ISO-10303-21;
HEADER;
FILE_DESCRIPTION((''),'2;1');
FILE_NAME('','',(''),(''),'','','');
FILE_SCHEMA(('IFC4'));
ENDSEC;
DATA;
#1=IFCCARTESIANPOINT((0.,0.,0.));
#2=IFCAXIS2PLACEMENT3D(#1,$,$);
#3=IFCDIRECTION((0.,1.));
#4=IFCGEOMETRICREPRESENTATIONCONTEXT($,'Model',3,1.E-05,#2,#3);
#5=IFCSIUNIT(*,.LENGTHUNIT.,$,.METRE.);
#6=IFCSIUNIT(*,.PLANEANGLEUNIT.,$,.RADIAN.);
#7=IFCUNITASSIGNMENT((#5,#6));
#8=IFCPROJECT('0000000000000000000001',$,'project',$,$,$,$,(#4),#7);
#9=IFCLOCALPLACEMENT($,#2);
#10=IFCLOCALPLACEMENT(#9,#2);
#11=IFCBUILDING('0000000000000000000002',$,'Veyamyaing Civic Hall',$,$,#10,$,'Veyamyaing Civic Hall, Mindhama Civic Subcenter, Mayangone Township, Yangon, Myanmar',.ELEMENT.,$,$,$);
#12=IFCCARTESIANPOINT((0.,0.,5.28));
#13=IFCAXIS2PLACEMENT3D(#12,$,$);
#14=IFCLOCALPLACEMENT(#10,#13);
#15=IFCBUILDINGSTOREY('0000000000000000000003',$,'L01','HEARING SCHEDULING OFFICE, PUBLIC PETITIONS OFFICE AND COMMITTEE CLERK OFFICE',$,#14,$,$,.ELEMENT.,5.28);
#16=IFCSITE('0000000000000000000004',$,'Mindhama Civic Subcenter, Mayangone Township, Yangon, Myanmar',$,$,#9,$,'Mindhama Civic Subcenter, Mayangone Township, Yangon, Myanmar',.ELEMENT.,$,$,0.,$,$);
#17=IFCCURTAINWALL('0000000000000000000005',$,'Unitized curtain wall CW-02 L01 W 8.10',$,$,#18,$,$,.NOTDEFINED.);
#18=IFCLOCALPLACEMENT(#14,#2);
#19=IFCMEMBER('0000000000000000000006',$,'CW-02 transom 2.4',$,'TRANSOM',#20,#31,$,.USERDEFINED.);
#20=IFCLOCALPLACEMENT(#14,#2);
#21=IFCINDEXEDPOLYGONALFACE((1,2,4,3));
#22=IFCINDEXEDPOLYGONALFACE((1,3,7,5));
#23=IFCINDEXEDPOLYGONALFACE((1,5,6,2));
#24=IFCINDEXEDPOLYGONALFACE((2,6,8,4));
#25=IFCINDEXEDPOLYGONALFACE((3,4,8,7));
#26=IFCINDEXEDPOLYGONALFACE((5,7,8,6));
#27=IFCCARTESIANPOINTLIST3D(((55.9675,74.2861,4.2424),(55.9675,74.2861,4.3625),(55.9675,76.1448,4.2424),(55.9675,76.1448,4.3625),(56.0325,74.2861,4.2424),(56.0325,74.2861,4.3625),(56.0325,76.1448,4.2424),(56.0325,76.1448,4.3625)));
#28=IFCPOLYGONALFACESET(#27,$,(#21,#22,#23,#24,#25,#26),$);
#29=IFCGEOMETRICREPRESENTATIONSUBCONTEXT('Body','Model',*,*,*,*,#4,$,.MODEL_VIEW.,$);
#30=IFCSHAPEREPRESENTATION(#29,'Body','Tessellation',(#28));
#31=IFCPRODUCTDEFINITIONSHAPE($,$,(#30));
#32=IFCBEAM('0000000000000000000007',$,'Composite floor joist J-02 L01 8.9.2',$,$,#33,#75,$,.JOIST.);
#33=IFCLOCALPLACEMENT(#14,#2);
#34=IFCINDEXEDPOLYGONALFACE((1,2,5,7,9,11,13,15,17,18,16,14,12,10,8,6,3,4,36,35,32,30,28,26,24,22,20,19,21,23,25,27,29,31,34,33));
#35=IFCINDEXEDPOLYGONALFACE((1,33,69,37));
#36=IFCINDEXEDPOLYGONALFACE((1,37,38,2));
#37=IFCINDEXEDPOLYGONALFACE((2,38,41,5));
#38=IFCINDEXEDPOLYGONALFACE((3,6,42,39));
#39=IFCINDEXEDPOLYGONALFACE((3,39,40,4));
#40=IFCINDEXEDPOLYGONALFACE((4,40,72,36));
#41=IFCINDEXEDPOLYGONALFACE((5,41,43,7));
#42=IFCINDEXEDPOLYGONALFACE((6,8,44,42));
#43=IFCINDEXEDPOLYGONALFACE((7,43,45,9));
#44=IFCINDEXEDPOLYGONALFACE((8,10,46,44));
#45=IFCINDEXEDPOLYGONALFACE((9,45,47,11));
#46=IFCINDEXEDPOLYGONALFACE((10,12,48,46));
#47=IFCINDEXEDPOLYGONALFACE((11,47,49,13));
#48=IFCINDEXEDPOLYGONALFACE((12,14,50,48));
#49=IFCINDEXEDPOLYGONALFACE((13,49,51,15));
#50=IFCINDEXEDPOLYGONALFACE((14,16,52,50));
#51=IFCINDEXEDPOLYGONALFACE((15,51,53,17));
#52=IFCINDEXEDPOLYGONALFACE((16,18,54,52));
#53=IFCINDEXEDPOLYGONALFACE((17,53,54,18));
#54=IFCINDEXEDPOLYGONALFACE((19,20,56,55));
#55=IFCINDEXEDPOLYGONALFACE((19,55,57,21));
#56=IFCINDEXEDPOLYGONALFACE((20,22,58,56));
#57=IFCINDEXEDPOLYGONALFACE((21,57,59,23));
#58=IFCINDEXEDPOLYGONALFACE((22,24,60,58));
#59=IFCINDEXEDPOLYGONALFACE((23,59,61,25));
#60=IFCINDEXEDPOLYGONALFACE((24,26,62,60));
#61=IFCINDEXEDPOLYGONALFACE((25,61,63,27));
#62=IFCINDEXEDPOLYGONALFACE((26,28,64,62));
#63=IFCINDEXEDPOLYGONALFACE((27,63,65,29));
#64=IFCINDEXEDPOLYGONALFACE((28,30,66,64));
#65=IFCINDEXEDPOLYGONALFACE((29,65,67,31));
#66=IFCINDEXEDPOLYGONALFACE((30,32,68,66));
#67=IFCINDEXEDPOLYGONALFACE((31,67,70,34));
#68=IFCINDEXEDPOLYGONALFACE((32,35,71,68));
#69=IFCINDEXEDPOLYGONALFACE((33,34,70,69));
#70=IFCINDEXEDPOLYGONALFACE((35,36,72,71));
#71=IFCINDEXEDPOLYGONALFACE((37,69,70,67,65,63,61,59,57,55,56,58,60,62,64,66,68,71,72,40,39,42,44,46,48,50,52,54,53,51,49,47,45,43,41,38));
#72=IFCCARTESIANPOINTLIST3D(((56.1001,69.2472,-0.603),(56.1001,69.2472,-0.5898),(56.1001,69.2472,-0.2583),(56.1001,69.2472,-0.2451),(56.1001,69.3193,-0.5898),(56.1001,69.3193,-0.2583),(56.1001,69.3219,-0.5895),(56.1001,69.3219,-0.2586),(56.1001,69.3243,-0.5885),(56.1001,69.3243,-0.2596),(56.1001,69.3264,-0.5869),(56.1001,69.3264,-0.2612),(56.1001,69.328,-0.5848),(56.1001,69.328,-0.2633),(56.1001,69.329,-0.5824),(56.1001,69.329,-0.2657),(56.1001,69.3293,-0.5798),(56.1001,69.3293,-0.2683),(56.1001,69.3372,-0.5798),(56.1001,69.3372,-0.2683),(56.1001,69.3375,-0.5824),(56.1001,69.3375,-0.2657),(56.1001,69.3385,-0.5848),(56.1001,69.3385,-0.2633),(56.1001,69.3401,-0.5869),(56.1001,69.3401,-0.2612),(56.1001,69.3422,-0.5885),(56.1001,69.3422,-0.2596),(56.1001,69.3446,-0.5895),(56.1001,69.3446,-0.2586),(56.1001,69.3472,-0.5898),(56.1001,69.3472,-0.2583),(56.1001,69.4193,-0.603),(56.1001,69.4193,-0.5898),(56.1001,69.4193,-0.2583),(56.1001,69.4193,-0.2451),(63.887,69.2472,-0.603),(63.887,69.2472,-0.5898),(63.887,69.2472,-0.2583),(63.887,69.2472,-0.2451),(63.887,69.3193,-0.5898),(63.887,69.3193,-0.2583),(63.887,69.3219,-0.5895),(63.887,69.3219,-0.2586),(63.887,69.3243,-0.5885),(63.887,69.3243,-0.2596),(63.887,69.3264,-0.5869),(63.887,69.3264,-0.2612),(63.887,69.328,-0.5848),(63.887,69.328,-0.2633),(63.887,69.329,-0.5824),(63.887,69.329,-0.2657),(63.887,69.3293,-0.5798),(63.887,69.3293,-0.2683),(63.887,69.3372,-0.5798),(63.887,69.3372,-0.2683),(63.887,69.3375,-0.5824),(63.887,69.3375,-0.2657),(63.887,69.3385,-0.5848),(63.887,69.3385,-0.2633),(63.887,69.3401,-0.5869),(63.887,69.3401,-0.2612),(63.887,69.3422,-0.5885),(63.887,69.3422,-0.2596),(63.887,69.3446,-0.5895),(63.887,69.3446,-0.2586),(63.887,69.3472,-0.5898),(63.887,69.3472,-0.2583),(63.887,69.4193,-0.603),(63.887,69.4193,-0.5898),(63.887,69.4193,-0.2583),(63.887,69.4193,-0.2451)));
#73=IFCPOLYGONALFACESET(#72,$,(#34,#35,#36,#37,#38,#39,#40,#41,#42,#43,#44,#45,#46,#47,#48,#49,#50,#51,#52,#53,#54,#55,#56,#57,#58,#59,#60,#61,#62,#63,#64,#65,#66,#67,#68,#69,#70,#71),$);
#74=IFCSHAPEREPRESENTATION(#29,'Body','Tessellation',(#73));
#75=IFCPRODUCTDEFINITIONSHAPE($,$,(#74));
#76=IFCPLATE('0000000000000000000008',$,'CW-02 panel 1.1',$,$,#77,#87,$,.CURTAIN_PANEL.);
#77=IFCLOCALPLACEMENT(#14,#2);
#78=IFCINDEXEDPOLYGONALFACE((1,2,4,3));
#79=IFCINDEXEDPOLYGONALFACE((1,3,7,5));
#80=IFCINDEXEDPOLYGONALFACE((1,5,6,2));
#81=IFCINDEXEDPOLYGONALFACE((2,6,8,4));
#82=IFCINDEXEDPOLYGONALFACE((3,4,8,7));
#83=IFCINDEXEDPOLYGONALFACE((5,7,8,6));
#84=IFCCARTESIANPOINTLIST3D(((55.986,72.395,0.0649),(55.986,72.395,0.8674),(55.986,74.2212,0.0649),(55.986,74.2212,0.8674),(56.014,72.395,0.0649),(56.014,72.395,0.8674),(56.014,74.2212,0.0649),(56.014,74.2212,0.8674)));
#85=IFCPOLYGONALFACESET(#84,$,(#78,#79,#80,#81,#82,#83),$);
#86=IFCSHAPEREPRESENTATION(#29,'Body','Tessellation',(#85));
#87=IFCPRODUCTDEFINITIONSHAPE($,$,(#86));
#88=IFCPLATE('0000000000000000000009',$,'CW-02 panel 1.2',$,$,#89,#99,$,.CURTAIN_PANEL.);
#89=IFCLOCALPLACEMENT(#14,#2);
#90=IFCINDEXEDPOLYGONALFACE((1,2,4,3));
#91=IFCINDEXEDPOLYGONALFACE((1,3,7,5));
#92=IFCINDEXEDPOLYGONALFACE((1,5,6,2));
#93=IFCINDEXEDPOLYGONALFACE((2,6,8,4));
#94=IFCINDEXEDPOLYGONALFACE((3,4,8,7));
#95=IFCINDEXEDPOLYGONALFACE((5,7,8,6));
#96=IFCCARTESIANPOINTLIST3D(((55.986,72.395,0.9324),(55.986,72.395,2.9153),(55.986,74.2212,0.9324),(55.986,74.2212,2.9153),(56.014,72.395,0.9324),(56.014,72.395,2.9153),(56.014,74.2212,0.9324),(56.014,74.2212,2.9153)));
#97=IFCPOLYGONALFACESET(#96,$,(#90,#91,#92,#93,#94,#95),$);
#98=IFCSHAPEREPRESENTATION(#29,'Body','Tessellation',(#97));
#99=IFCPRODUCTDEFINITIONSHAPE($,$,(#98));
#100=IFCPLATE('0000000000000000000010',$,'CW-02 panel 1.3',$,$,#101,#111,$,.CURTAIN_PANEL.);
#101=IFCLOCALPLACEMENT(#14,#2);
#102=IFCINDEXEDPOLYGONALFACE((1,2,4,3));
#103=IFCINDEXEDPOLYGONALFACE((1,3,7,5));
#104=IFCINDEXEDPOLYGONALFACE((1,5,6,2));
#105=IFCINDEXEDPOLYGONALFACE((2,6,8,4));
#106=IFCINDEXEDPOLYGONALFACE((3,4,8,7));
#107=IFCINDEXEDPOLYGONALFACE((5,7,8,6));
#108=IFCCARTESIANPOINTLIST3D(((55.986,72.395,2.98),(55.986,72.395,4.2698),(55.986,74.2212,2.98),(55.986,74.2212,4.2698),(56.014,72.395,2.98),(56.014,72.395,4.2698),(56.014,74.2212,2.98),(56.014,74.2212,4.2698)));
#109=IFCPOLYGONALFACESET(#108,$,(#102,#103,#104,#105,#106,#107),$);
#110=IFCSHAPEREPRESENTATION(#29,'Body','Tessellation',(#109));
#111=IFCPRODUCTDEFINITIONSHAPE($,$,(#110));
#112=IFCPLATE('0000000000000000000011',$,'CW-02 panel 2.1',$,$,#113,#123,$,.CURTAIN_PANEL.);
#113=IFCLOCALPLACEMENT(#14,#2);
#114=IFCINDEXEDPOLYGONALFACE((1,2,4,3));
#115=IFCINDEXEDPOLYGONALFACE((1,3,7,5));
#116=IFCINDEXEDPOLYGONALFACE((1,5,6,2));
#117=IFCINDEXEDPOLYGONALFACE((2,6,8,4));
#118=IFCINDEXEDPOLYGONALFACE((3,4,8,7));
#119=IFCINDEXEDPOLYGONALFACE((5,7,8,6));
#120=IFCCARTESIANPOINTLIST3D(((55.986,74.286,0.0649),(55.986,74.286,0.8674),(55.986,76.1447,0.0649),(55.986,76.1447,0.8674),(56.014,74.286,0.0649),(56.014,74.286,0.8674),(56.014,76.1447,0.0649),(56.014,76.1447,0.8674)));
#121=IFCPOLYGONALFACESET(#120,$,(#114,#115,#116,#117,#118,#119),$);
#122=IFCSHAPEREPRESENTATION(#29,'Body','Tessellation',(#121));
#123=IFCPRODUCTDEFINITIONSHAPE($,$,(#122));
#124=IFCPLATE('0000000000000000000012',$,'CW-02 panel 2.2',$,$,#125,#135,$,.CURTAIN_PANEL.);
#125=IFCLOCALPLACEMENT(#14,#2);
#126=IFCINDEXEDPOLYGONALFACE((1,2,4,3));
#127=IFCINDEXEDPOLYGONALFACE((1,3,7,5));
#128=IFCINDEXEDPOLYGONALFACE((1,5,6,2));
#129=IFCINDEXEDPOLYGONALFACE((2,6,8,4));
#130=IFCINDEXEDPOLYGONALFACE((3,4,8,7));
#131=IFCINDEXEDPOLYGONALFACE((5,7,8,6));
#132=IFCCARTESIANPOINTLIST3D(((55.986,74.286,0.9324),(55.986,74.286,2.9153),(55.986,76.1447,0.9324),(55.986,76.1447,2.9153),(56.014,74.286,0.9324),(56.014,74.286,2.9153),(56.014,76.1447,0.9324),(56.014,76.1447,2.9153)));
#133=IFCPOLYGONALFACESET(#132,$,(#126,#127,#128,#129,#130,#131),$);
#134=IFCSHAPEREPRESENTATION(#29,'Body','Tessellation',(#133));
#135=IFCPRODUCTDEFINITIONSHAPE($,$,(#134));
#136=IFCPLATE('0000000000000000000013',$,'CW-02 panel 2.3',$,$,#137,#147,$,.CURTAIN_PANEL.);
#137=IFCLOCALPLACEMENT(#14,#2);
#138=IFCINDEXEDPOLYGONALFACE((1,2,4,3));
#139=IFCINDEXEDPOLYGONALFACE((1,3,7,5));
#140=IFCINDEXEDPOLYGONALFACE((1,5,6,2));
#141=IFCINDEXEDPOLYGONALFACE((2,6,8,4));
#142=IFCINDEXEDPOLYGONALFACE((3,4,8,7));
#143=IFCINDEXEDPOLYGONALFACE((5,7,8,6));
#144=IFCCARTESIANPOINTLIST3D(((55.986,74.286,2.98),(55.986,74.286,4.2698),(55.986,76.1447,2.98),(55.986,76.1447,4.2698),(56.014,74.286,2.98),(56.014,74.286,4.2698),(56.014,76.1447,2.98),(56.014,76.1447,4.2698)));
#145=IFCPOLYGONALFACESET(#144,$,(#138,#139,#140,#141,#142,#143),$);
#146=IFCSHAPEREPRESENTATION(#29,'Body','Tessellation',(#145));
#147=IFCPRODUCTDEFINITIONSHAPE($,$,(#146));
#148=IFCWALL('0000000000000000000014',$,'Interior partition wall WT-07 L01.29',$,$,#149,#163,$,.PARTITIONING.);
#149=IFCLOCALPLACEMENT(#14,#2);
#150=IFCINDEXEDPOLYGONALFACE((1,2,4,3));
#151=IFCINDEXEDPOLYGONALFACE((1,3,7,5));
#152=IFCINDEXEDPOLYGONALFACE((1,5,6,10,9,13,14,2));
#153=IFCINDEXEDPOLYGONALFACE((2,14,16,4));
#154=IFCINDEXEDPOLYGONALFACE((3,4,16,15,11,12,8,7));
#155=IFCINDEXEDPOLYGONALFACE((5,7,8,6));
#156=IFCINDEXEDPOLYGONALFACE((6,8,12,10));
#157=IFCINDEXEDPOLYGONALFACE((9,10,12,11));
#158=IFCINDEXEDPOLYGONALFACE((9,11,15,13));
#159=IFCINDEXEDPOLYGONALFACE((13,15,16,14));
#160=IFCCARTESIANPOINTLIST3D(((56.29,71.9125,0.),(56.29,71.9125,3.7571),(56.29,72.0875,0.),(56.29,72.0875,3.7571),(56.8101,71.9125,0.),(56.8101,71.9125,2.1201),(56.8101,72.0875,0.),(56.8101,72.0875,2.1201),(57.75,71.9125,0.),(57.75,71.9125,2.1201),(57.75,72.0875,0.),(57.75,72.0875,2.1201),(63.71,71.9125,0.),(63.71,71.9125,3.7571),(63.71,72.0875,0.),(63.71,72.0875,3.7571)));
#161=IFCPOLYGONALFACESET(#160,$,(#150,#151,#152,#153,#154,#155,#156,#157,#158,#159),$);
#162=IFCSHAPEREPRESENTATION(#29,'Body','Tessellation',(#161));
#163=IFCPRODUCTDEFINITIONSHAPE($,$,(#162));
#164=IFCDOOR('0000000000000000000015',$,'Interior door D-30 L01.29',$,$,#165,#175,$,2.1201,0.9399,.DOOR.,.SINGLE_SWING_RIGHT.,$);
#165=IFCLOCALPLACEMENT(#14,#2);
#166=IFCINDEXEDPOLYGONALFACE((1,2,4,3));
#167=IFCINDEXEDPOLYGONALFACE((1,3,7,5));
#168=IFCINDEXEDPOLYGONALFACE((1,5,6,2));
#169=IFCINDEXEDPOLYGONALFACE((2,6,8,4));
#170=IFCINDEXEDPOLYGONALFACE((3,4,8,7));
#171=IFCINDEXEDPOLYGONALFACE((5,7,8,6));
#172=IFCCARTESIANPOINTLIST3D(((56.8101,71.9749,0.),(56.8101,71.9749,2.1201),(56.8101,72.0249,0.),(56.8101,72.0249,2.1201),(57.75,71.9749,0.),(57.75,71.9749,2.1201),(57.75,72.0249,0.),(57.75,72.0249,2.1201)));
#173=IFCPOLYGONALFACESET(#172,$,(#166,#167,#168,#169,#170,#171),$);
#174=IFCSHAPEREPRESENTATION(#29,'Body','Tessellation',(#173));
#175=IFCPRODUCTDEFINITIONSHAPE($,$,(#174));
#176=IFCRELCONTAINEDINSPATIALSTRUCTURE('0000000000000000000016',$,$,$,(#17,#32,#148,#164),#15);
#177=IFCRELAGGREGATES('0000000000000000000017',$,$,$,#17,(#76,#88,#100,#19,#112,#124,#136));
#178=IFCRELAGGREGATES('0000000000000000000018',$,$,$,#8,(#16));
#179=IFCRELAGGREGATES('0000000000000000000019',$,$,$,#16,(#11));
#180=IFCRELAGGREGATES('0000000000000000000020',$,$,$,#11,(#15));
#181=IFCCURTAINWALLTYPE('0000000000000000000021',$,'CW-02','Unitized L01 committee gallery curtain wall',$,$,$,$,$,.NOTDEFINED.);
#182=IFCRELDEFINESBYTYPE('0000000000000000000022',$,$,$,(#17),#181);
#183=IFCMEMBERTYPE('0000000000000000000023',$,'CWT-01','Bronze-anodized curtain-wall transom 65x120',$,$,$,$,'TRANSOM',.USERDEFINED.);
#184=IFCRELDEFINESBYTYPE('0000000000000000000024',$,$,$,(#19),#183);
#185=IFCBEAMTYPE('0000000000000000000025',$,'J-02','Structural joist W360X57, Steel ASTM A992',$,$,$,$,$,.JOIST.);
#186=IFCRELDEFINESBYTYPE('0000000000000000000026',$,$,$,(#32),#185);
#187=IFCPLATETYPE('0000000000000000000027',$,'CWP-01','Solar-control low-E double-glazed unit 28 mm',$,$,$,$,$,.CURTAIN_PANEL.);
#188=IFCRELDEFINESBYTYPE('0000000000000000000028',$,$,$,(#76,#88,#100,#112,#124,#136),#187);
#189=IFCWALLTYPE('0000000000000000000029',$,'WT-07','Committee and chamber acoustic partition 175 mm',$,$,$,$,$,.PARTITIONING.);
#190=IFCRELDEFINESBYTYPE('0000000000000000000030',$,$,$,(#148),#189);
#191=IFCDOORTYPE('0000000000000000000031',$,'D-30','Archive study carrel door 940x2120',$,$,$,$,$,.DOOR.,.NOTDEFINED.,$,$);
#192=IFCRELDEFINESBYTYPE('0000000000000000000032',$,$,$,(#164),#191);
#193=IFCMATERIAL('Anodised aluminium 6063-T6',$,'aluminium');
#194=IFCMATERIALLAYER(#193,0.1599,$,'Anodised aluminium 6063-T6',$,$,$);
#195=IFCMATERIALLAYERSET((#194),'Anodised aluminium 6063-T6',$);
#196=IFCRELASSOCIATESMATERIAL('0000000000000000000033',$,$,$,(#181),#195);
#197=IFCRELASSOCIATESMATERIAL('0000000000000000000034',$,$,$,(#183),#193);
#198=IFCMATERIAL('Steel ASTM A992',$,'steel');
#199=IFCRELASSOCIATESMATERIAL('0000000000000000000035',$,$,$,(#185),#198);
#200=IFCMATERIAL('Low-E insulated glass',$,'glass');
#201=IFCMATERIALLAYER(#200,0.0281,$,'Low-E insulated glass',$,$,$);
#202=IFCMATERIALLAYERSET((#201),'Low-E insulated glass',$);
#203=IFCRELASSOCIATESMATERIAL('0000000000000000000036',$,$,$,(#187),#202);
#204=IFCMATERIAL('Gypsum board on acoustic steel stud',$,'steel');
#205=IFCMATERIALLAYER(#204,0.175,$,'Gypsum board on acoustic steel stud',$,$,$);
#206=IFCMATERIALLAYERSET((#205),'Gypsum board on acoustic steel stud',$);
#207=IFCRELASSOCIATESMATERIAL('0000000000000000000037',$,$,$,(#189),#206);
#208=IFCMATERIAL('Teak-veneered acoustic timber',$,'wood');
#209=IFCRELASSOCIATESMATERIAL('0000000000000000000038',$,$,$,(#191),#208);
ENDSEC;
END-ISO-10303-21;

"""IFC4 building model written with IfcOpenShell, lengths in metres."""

from ifc_helpers import new_model, si_unit, direction, frame, frame_2d, origin, origin_2d, place, context, subcontext, project, spatial, rectangle, i_section, extrude, material, layer, layer_set, material_profile, profile_set, type_object, element, fill, aggregate, save


model = new_model("IFC4")

# Units and contexts
model_context = context("Model", 3, precision=1e-05, world=origin(), true_north=direction((0.0, 1.0)))
body_context = subcontext(model_context, "Body", "Model", "MODEL_VIEW")
ifc_project = project(units=[si_unit("LENGTHUNIT", "METRE"), si_unit("PLANEANGLEUNIT", "RADIAN")], contexts=[model_context])

# Site, building, storey
site_placement = place(None, origin())
site = spatial("IfcSite", under=ifc_project, at=site_placement, Name="Mindhama Civic Subcenter, Mayangone Township, Yangon, Myanmar", LongName="Mindhama Civic Subcenter, Mayangone Township, Yangon, Myanmar", CompositionType="ELEMENT", RefElevation=0.0)
building_placement = place(site_placement, origin())
building = spatial("IfcBuilding", under=site, at=building_placement, Name="Veyamyaing Civic Hall", LongName="Veyamyaing Civic Hall, Mindhama Civic Subcenter, Mayangone Township, Yangon, Myanmar", CompositionType="ELEMENT")
storey_placement = place(building_placement, frame((0.0, 0.0, 5.28)))
storey = spatial("IfcBuildingStorey", under=building, at=storey_placement, Name="L01", Description="HEARING SCHEDULING OFFICE, PUBLIC PETITIONS OFFICE AND COMMITTEE CLERK OFFICE", CompositionType="ELEMENT", Elevation=5.28)

# Shared definitions
ifc_material_1 = material(Name="Steel ASTM A992", Category="steel")

# Curtain wall, member
ifc_material_2 = material(Name="Anodised aluminium 6063-T6", Category="aluminium")
ifc_layer_1 = layer(ifc_material_2, 0.1599, Name="Anodised aluminium 6063-T6")
ifc_layer_set_1 = layer_set([ifc_layer_1], Name="Anodised aluminium 6063-T6")
curtain_wall_type = type_object("IfcCurtainWallType", Name="CW-02", Description="Unitized L01 committee gallery curtain wall", PredefinedType="NOTDEFINED", material=ifc_layer_set_1)
curtain_wall_placement = place(storey_placement, origin())
curtain_wall = element("IfcCurtainWall", 1, at=curtain_wall_placement, inside=storey, type_object=curtain_wall_type, Name="Unitized curtain wall CW-02 L01 W 8.10", PredefinedType="NOTDEFINED")
ifc_material_profile_1 = material_profile(ifc_material_2, rectangle(XDim=0.0649, YDim=0.1201, at=origin_2d()), Name="ALU-TRN-65X120")
ifc_profile_set_1 = profile_set([ifc_material_profile_1], Name="Anodised aluminium 6063-T6")
member_type_1 = type_object("IfcMemberType", Name="CWT-01", Description="Bronze-anodized curtain-wall transom 65x120", ElementType="TRANSOM", PredefinedType="USERDEFINED", material=ifc_profile_set_1)
member_1_placement = place(storey_placement, frame((56.0, 74.2861, 4.3025), z_axis=(0.0, 1.0, 0.0), x_axis=(-1.0, 0.0, 0.0)))
member_1 = element("IfcMember", 2, at=member_1_placement, type_object=member_type_1, Name="CW-02 transom 2.4", ObjectType="TRANSOM", PredefinedType="USERDEFINED", context=body_context, shape_type="SweptSolid", body=[
    extrude(rectangle(XDim=0.0649, YDim=0.1201, at=origin_2d()), origin(), (0.0, 0.0, 1.0), 1.8586),
])

# Beam
ifc_material_profile_2 = material_profile(ifc_material_1, i_section(OverallWidth=0.1721, OverallDepth=0.3579, WebThickness=0.0078, FlangeThickness=0.0132, FilletRadius=0.01, at=origin_2d()), Name="W360X57")
ifc_profile_set_2 = profile_set([ifc_material_profile_2], Name="Steel ASTM A992")
beam_type_1 = type_object("IfcBeamType", Name="J-02", Description="Structural joist W360X57, Steel ASTM A992", PredefinedType="JOIST", material=ifc_profile_set_2)
beam_1_placement = place(storey_placement, frame((56.1001, 69.3333, -0.4241), z_axis=(1.0, 0.0, 0.0), x_axis=(0.0, 1.0, 0.0)))
element("IfcBeam", 3, at=beam_1_placement, inside=storey, type_object=beam_type_1, Name="Composite floor joist J-02 L01 8.9.2", PredefinedType="JOIST", context=body_context, shape_type="SweptSolid", body=[
    extrude(i_section(OverallWidth=0.1721, OverallDepth=0.3579, WebThickness=0.0078, FlangeThickness=0.0132, FilletRadius=0.01, at=origin_2d()), origin(), (0.0, 0.0, 1.0), 7.7869),
])

# Plates
ifc_material_3 = material(Name="Low-E insulated glass", Category="glass")
ifc_layer_2 = layer(ifc_material_3, 0.0281, Name="Low-E insulated glass")
ifc_layer_set_2 = layer_set([ifc_layer_2], Name="Low-E insulated glass")
plate_type = type_object("IfcPlateType", Name="CWP-01", Description="Solar-control low-E double-glazed unit 28 mm", PredefinedType="CURTAIN_PANEL", material=ifc_layer_set_2)
plate_1_placement = place(storey_placement, frame((56.0, 73.3081, 0.0649), z_axis=(0.0, 0.0, 1.0), x_axis=(0.0, 1.0, 0.0)))
plate_1 = element("IfcPlate", 4, at=plate_1_placement, type_object=plate_type, Name="CW-02 panel 1.1", PredefinedType="CURTAIN_PANEL", context=body_context, shape_type="SweptSolid", body=[
    extrude(rectangle(XDim=1.8262, YDim=0.0281, at=origin_2d()), origin(), (0.0, 0.0, 1.0), 0.8025),
])
plate_2_placement = place(storey_placement, frame((56.0, 73.3081, 0.9324), z_axis=(0.0, 0.0, 1.0), x_axis=(0.0, 1.0, 0.0)))
plate_2 = element("IfcPlate", 5, at=plate_2_placement, type_object=plate_type, Name="CW-02 panel 1.2", PredefinedType="CURTAIN_PANEL", context=body_context, shape_type="SweptSolid", body=[
    extrude(rectangle(XDim=1.8262, YDim=0.0281, at=origin_2d()), origin(), (0.0, 0.0, 1.0), 1.9829),
])
plate_3_placement = place(storey_placement, frame((56.0, 73.3081, 2.98), z_axis=(0.0, 0.0, 1.0), x_axis=(0.0, 1.0, 0.0)))
plate_3 = element("IfcPlate", 6, at=plate_3_placement, type_object=plate_type, Name="CW-02 panel 1.3", PredefinedType="CURTAIN_PANEL", context=body_context, shape_type="SweptSolid", body=[
    extrude(rectangle(XDim=1.8262, YDim=0.0281, at=origin_2d()), origin(), (0.0, 0.0, 1.0), 1.2898),
])
plate_4_placement = place(storey_placement, frame((56.0, 75.2153, 0.0649), z_axis=(0.0, 0.0, 1.0), x_axis=(0.0, 1.0, 0.0)))
plate_4 = element("IfcPlate", 7, at=plate_4_placement, type_object=plate_type, Name="CW-02 panel 2.1", PredefinedType="CURTAIN_PANEL", context=body_context, shape_type="SweptSolid", body=[
    extrude(rectangle(XDim=1.8586, YDim=0.0281, at=origin_2d()), origin(), (0.0, 0.0, 1.0), 0.8025),
])
plate_5_placement = place(storey_placement, frame((56.0, 75.2153, 0.9324), z_axis=(0.0, 0.0, 1.0), x_axis=(0.0, 1.0, 0.0)))
plate_5 = element("IfcPlate", 8, at=plate_5_placement, type_object=plate_type, Name="CW-02 panel 2.2", PredefinedType="CURTAIN_PANEL", context=body_context, shape_type="SweptSolid", body=[
    extrude(rectangle(XDim=1.8586, YDim=0.0281, at=origin_2d()), origin(), (0.0, 0.0, 1.0), 1.9829),
])
plate_6_placement = place(storey_placement, frame((56.0, 75.2153, 2.98), z_axis=(0.0, 0.0, 1.0), x_axis=(0.0, 1.0, 0.0)))
plate_6 = element("IfcPlate", 9, at=plate_6_placement, type_object=plate_type, Name="CW-02 panel 2.3", PredefinedType="CURTAIN_PANEL", context=body_context, shape_type="SweptSolid", body=[
    extrude(rectangle(XDim=1.8586, YDim=0.0281, at=origin_2d()), origin(), (0.0, 0.0, 1.0), 1.2898),
])
aggregate(curtain_wall, [plate_1, plate_2, plate_3, member_1, plate_4, plate_5, plate_6])

# Wall, opening, door
ifc_material_4 = material(Name="Gypsum board on acoustic steel stud", Category="steel")
ifc_layer_3 = layer(ifc_material_4, 0.175, Name="Gypsum board on acoustic steel stud")
ifc_layer_set_3 = layer_set([ifc_layer_3], Name="Gypsum board on acoustic steel stud")
wall_type = type_object("IfcWallType", Name="WT-07", Description="Committee and chamber acoustic partition 175 mm", PredefinedType="PARTITIONING", material=ifc_layer_set_3)
wall_placement = place(storey_placement, frame((56.29, 72.0, 0.0), z_axis=(0.0, 0.0, 1.0), x_axis=(1.0, 0.0, 0.0)))
wall = element("IfcWall", 10, at=wall_placement, inside=storey, type_object=wall_type, Name="Interior partition wall WT-07 L01.29", PredefinedType="PARTITIONING", context=body_context, shape_type="SweptSolid", body=[
    extrude(rectangle(XDim=7.4199, YDim=0.175, at=frame_2d((3.71, 0.0))), origin(), (0.0, 0.0, 1.0), 3.7571),
])
opening_placement = place(wall_placement, frame((0.52, 0.0, 0.0)))
opening = element("IfcOpeningElement", 11, at=opening_placement, cuts=wall, PredefinedType="OPENING", context=body_context, shape_type="SweptSolid", body=[
    extrude(rectangle(XDim=0.9399, YDim=2.1201, at=frame_2d((0.47, 1.0601))), frame((0.0, 0.0974, 0.0), z_axis=(0.0, -1.0, 0.0), x_axis=(1.0, 0.0, 0.0)), (0.0, 0.0, 1.0), 0.1951),
])
ifc_material_5 = material(Name="Teak-veneered acoustic timber", Category="wood")
door_type = type_object("IfcDoorType", Name="D-30", Description="Archive study carrel door 940x2120", OperationType="NOTDEFINED", PredefinedType="DOOR", material=ifc_material_5)
door_placement = place(opening_placement, origin())
door = element("IfcDoor", 12, at=door_placement, inside=storey, type_object=door_type, Name="Interior door D-30 L01.29", OperationType="SINGLE_SWING_RIGHT", OverallHeight=2.1201, OverallWidth=0.9399, PredefinedType="DOOR", context=body_context, shape_type="SweptSolid", body=[
    extrude(rectangle(XDim=0.9399, YDim=2.1201, at=frame_2d((0.47, 1.0601))), frame((0.0, 0.0249, 0.0), z_axis=(0.0, -1.0, 0.0), x_axis=(1.0, 0.0, 0.0)), (0.0, 0.0, 1.0), 0.05),
])
fill(opening, door)

save(model, "model.ifc")
